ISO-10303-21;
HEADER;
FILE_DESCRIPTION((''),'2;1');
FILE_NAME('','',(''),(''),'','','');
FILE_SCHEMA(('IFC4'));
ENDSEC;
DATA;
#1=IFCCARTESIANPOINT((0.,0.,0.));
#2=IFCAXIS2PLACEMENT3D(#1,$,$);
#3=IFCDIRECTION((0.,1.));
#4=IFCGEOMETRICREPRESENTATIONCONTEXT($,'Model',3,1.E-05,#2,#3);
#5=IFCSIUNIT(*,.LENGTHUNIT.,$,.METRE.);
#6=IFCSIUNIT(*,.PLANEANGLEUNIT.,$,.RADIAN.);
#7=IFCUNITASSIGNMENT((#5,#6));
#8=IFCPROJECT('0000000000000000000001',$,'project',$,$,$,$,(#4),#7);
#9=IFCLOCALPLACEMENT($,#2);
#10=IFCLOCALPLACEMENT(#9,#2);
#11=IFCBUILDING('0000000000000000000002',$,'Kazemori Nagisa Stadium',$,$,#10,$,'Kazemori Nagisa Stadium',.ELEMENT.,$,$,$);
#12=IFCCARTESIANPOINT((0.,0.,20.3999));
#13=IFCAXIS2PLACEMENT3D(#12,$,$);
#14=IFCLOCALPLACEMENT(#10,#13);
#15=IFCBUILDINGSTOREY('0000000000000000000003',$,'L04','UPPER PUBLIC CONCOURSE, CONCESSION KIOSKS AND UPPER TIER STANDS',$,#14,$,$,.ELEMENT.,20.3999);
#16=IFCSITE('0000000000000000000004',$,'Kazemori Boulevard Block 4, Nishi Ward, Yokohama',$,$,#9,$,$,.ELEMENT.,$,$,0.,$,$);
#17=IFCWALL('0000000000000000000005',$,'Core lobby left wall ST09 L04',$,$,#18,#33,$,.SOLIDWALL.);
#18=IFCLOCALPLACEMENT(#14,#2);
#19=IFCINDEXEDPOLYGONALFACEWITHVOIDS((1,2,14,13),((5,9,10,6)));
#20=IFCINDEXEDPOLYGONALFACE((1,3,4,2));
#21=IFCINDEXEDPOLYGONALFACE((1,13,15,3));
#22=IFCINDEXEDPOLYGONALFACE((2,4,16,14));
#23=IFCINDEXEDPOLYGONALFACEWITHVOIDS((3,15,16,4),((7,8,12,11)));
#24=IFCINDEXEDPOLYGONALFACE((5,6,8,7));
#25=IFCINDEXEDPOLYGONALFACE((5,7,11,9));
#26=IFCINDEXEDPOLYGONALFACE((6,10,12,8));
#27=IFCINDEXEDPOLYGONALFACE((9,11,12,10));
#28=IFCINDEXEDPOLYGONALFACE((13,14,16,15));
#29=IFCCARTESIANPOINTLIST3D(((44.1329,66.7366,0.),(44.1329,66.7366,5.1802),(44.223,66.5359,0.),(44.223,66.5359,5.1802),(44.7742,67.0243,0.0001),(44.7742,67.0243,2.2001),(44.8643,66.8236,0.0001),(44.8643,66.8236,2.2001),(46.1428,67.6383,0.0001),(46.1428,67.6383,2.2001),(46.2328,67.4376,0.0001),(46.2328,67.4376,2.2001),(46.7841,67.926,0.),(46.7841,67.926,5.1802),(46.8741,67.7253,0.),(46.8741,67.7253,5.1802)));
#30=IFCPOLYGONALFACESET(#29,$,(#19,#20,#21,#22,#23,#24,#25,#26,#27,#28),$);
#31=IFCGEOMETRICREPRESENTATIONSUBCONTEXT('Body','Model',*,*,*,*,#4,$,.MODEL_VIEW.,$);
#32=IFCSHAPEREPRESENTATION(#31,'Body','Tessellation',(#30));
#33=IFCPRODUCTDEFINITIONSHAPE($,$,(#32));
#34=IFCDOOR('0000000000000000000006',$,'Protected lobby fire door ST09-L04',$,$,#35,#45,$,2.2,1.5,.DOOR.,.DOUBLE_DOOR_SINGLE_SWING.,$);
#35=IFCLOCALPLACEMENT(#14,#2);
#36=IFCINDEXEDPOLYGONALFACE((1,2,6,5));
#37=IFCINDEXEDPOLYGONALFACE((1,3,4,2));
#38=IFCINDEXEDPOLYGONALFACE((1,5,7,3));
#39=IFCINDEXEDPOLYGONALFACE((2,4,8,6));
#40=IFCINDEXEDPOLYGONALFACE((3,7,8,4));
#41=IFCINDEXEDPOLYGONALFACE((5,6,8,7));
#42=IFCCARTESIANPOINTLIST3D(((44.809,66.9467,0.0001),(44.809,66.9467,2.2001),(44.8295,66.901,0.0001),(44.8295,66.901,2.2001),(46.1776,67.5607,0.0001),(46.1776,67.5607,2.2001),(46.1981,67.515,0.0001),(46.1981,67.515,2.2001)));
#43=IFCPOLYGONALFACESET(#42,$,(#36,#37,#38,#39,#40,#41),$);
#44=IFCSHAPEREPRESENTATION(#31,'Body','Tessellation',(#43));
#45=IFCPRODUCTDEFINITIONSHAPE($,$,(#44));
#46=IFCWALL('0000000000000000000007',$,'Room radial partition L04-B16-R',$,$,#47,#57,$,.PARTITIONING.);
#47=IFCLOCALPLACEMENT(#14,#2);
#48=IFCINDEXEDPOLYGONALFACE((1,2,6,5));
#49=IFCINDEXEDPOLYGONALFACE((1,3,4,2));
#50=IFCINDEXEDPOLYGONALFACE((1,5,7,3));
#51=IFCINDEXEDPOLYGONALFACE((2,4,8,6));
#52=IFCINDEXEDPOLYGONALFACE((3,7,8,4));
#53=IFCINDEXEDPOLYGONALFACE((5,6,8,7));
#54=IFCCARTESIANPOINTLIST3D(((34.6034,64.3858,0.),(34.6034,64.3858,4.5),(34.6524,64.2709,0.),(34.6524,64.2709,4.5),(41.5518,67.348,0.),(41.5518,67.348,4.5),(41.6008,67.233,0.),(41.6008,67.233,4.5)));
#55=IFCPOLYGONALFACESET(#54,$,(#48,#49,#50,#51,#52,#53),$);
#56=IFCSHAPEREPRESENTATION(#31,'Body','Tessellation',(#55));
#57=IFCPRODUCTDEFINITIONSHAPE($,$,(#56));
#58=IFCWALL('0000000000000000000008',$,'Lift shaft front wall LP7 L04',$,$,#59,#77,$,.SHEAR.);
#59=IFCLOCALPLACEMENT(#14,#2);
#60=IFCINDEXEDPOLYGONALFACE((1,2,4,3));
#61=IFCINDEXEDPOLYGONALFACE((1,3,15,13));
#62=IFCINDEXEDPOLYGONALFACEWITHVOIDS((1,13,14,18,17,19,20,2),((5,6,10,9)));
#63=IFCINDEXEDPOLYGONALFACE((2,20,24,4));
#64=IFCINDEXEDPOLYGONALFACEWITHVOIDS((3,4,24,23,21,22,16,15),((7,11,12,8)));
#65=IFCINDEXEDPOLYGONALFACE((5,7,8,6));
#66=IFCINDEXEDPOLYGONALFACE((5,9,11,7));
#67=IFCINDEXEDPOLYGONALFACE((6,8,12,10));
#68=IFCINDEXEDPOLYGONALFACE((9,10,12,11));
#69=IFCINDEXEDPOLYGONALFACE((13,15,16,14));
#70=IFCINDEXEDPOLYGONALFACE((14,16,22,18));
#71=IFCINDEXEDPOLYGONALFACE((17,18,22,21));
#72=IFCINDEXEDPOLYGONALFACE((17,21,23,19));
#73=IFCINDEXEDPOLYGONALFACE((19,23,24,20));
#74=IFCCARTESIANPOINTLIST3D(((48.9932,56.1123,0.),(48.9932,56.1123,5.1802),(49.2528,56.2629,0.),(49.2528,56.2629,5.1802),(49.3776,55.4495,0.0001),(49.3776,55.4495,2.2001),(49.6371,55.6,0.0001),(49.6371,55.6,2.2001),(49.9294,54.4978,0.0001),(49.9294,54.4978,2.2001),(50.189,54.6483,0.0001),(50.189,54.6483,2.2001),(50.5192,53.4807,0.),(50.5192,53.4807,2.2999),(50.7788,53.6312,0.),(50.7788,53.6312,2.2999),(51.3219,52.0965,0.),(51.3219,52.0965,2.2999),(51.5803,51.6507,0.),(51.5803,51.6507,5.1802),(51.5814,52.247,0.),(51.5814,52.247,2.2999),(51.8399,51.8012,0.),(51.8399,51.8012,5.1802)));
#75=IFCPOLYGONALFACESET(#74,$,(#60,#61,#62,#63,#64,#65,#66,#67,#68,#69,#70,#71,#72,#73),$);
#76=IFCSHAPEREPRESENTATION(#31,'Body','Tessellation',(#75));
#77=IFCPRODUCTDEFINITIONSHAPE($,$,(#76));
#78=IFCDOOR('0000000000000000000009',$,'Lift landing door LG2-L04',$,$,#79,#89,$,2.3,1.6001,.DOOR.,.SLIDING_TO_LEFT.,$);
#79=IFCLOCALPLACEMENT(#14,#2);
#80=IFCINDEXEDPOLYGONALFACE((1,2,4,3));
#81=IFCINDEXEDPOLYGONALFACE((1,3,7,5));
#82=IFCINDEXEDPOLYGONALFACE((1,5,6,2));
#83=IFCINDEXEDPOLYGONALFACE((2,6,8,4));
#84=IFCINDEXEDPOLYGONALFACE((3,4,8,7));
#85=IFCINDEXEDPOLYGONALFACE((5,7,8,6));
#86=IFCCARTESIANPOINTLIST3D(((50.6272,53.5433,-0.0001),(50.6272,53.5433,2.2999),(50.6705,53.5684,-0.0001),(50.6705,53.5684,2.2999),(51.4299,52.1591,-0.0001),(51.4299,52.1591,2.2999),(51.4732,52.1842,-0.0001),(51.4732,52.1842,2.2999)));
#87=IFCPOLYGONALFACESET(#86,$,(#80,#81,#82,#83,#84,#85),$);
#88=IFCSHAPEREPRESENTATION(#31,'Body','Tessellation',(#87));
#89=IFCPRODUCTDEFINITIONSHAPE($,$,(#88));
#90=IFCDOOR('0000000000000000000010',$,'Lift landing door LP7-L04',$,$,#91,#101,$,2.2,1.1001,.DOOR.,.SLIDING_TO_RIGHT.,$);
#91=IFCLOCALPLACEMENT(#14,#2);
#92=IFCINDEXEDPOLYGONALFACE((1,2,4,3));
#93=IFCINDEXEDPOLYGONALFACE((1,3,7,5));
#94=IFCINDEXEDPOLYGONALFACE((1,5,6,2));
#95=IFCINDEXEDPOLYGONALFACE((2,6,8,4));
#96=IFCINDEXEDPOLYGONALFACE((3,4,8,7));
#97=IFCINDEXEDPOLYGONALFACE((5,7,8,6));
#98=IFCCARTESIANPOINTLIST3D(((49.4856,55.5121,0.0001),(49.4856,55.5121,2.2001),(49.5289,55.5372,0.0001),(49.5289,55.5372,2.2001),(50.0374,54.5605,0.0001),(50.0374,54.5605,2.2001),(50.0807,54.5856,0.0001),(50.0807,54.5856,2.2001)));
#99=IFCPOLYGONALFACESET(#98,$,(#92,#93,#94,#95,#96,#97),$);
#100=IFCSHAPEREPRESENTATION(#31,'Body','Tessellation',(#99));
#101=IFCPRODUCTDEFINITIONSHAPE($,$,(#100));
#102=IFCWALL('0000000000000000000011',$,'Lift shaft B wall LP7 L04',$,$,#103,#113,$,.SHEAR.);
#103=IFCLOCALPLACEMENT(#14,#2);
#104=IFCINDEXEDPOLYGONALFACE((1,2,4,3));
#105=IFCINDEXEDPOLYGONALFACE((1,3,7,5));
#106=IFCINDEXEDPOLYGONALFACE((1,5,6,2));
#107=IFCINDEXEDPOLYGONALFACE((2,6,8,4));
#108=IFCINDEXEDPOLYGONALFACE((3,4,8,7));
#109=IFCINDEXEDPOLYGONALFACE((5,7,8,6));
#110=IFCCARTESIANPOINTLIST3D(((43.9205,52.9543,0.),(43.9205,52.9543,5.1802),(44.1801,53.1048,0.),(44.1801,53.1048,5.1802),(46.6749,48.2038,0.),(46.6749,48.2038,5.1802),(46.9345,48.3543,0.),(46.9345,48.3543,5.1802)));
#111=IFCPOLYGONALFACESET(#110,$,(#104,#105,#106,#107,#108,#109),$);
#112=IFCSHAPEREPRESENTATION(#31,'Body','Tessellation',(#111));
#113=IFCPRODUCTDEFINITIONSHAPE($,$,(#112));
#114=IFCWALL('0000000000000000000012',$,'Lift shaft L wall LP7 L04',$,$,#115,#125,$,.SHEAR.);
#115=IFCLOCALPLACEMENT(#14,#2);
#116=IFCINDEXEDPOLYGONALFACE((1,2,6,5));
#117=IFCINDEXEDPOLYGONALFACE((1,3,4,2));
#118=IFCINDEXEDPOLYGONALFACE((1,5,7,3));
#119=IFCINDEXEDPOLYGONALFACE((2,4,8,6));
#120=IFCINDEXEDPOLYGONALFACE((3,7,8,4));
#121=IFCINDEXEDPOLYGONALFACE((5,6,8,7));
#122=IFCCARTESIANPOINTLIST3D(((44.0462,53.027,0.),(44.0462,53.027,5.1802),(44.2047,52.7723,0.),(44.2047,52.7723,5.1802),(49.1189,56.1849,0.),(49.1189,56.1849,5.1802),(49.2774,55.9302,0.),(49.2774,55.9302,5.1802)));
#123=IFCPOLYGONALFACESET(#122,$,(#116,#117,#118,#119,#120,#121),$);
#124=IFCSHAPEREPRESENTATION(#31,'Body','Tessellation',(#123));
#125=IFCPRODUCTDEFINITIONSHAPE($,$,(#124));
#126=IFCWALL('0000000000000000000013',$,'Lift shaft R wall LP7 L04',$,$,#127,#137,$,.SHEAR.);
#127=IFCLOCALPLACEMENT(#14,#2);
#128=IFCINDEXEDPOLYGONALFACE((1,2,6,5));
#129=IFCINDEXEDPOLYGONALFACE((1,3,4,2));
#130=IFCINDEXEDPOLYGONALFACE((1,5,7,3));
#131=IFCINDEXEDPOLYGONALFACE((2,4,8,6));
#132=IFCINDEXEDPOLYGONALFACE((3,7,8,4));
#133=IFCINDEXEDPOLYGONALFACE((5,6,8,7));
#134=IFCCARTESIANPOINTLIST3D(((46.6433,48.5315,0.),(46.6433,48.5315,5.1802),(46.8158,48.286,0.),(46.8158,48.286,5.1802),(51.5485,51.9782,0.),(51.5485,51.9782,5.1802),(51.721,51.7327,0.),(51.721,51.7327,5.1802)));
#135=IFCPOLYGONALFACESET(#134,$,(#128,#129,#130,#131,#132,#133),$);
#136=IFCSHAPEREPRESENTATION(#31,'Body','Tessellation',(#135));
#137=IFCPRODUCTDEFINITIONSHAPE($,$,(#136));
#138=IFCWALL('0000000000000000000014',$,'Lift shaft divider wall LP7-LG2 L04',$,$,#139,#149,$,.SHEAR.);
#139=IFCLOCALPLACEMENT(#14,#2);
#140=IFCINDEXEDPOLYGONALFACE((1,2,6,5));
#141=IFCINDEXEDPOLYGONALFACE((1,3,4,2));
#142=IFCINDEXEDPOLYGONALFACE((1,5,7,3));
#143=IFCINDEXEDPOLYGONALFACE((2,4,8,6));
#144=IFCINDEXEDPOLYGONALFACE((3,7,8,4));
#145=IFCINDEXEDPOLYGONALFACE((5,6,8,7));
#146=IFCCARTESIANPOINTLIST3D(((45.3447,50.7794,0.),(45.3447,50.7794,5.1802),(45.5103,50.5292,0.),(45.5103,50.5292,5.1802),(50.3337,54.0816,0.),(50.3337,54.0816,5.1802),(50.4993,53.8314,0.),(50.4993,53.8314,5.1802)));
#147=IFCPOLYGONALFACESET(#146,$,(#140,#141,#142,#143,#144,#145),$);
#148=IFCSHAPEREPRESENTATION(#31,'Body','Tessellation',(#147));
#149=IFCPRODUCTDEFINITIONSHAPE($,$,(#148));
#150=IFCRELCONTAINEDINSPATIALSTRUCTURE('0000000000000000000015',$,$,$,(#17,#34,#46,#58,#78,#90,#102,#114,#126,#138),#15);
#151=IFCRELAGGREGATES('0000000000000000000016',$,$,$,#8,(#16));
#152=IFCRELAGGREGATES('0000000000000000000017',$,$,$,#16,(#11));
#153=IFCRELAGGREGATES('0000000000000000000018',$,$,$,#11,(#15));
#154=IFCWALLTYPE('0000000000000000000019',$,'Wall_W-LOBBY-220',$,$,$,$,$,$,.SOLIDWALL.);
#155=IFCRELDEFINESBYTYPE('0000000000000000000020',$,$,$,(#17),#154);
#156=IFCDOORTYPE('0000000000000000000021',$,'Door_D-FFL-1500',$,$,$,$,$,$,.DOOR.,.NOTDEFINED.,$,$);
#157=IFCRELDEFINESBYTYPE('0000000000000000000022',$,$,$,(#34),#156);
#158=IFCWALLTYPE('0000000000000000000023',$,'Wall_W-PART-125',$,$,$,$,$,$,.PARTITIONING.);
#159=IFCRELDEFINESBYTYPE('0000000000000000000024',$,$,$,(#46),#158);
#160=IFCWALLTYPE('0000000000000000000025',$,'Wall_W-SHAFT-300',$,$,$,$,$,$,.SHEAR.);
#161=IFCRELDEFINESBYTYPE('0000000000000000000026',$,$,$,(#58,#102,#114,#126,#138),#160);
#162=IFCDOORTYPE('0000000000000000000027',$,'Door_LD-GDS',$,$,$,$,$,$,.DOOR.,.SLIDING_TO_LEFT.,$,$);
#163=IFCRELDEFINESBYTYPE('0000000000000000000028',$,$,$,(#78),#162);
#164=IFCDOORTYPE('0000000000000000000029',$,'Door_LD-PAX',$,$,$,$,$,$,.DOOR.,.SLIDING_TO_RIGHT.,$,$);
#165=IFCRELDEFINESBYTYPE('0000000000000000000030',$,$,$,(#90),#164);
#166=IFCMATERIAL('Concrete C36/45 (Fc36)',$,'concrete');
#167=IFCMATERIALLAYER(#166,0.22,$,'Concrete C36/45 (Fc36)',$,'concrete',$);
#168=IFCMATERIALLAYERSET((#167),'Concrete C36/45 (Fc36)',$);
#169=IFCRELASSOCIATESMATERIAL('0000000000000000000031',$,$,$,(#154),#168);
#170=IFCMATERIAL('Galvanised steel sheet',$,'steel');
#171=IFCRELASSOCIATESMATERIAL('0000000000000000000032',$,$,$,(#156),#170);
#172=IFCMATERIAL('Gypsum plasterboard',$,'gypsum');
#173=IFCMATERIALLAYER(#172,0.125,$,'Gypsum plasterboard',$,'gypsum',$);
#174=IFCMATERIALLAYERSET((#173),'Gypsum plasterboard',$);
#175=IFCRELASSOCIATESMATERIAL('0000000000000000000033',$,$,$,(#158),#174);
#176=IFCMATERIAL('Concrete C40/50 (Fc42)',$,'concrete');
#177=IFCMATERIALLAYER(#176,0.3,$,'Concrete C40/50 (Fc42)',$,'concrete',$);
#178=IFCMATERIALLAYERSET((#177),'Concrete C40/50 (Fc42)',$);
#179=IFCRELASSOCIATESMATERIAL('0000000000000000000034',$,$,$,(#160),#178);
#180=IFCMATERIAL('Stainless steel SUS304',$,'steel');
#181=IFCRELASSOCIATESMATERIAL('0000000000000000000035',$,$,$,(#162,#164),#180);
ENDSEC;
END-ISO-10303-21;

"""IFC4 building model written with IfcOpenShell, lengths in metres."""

from ifc_helpers import new_model, si_unit, direction, frame, frame_2d, origin, place, context, subcontext, project, spatial, rectangle, extrude, material, layer, layer_set, type_object, element, fill, save


model = new_model("IFC4")

# Units and contexts
model_context = context("Model", 3, precision=1e-05, world=origin(), true_north=direction((0.0, 1.0)))
body_context = subcontext(model_context, "Body", "Model", "MODEL_VIEW")
ifc_project = project(units=[si_unit("LENGTHUNIT", "METRE"), si_unit("PLANEANGLEUNIT", "RADIAN")], contexts=[model_context])

# Site, building, storey
site_placement = place(None, origin())
site = spatial("IfcSite", under=ifc_project, at=site_placement, Name="Kazemori Boulevard Block 4, Nishi Ward, Yokohama", CompositionType="ELEMENT", RefElevation=0.0)
building_placement = place(site_placement, origin())
building = spatial("IfcBuilding", under=site, at=building_placement, Name="Kazemori Nagisa Stadium", LongName="Kazemori Nagisa Stadium", CompositionType="ELEMENT")
storey_placement = place(building_placement, frame((0.0, 0.0, 20.3999)))
storey = spatial("IfcBuildingStorey", under=building, at=storey_placement, Name="L04", Description="UPPER PUBLIC CONCOURSE, CONCESSION KIOSKS AND UPPER TIER STANDS", CompositionType="ELEMENT", Elevation=20.3999)

# Shared definitions
ifc_material_1 = material(Name="Concrete C40/50 (Fc42)", Category="concrete")

# Shared definitions
ifc_material_2 = material(Name="Galvanised steel sheet", Category="steel")

# Wall, opening, door
ifc_material_3 = material(Name="Concrete C36/45 (Fc36)", Category="concrete")
ifc_layer_1 = layer(ifc_material_3, 0.22, Name="Concrete C36/45 (Fc36)", Category="concrete")
ifc_layer_set_1 = layer_set([ifc_layer_1], Name="Concrete C36/45 (Fc36)")
wall_type_1 = type_object("IfcWallType", Name="Wall_W-LOBBY-220", PredefinedType="SOLIDWALL", material=ifc_layer_set_1)
wall_1_placement = place(storey_placement, frame((46.8291, 67.8257, 0.0), z_axis=(0.0, 0.0, 1.0), x_axis=(-0.912378, -0.409348, 0.0)))
wall_1 = element("IfcWall", 1, at=wall_1_placement, inside=storey, type_object=wall_type_1, Name="Core lobby left wall ST09 L04", PredefinedType="SOLIDWALL", context=body_context, shape_type="SweptSolid", body=[
    extrude(rectangle(XDim=2.9058, YDim=0.22, at=frame_2d((1.4529, 0.0))), origin(), (0.0, 0.0, 1.0), 5.1802),
])
opening_1_placement = place(wall_1_placement, frame((0.7029, 0.0, 0.0)))
opening_1 = element("IfcOpeningElement", 2, at=opening_1_placement, cuts=wall_1, PredefinedType="OPENING", context=body_context, shape_type="SweptSolid", body=[
    extrude(rectangle(XDim=1.5, YDim=2.2, at=frame_2d((0.75, 1.1001))), frame((0.0, 0.1199, 0.0), z_axis=(0.0, -1.0, 0.0), x_axis=(1.0, 0.0, 0.0)), (0.0, 0.0, 1.0), 0.24),
])
door_type_1 = type_object("IfcDoorType", Name="Door_D-FFL-1500", OperationType="NOTDEFINED", PredefinedType="DOOR", material=ifc_material_2)
door_1_placement = place(opening_1_placement, frame((1.5, 0.0, 0.0), z_axis=(0.0, 0.0, 1.0), x_axis=(-1.0, 0.0, 0.0)))
door_1 = element("IfcDoor", 3, at=door_1_placement, inside=storey, type_object=door_type_1, Name="Protected lobby fire door ST09-L04", OperationType="DOUBLE_DOOR_SINGLE_SWING", OverallHeight=2.2, OverallWidth=1.5, PredefinedType="DOOR", context=body_context, shape_type="SweptSolid", body=[
    extrude(rectangle(XDim=1.5, YDim=2.2, at=frame_2d((0.75, 1.1001))), frame((0.0, 0.0249, 0.0), z_axis=(0.0, -1.0, 0.0), x_axis=(1.0, 0.0, 0.0)), (0.0, 0.0, 1.0), 0.05),
])
fill(opening_1, door_1)

# Wall
ifc_material_4 = material(Name="Gypsum plasterboard", Category="gypsum")
ifc_layer_2 = layer(ifc_material_4, 0.125, Name="Gypsum plasterboard", Category="gypsum")
ifc_layer_set_2 = layer_set([ifc_layer_2], Name="Gypsum plasterboard")
wall_type_2 = type_object("IfcWallType", Name="Wall_W-PART-125", PredefinedType="PARTITIONING", material=ifc_layer_set_2)
wall_2_placement = place(storey_placement, frame((41.5764, 67.2905, 0.0), z_axis=(0.0, 0.0, 1.0), x_axis=(-0.919899, -0.392155, 0.0)))
element("IfcWall", 4, at=wall_2_placement, inside=storey, type_object=wall_type_2, Name="Room radial partition L04-B16-R", PredefinedType="PARTITIONING", context=body_context, shape_type="SweptSolid", body=[
    extrude(rectangle(XDim=7.5535, YDim=0.125, at=frame_2d((3.7769, 0.0))), origin(), (0.0, 0.0, 1.0), 4.5),
])

# Wall, openings, doors
ifc_layer_3 = layer(ifc_material_1, 0.3, Name="Concrete C40/50 (Fc42)", Category="concrete")
ifc_layer_set_3 = layer_set([ifc_layer_3], Name="Concrete C40/50 (Fc42)")
wall_type_3 = type_object("IfcWallType", Name="Wall_W-SHAFT-300", PredefinedType="SHEAR", material=ifc_layer_set_3)
wall_3_placement = place(storey_placement, frame((49.123, 56.1875, 0.0), z_axis=(0.0, 0.0, 1.0), x_axis=(0.50163, -0.865083, 0.0)))
wall_3 = element("IfcWall", 5, at=wall_3_placement, inside=storey, type_object=wall_type_3, Name="Lift shaft front wall LP7 L04", PredefinedType="SHEAR", context=body_context, shape_type="SweptSolid", body=[
    extrude(rectangle(XDim=5.1575, YDim=0.3, at=frame_2d((2.5786, 0.0))), origin(), (0.0, 0.0, 1.0), 5.1802),
])
opening_2_placement = place(wall_3_placement, frame((0.7661, 0.0, 0.0)))
opening_2 = element("IfcOpeningElement", 6, at=opening_2_placement, cuts=wall_3, PredefinedType="OPENING", context=body_context, shape_type="SweptSolid", body=[
    extrude(rectangle(XDim=1.1001, YDim=2.2, at=frame_2d((0.55, 1.1001))), frame((0.0, 0.1599, 0.0), z_axis=(0.0, -1.0, 0.0), x_axis=(1.0, 0.0, 0.0)), (0.0, 0.0, 1.0), 0.3201),
])
opening_3_placement = place(wall_3_placement, frame((3.042, 0.0, 0.0)))
opening_3 = element("IfcOpeningElement", 7, at=opening_3_placement, cuts=wall_3, PredefinedType="OPENING", context=body_context, shape_type="SweptSolid", body=[
    extrude(rectangle(XDim=1.6001, YDim=2.3, at=frame_2d((0.8, 1.1499))), frame((0.0, 0.1599, 0.0), z_axis=(0.0, -1.0, 0.0), x_axis=(1.0, 0.0, 0.0)), (0.0, 0.0, 1.0), 0.3201),
])
ifc_material_5 = material(Name="Stainless steel SUS304", Category="steel")
door_type_2 = type_object("IfcDoorType", Name="Door_LD-GDS", OperationType="SLIDING_TO_LEFT", PredefinedType="DOOR", material=ifc_material_5)
door_2_placement = place(opening_3_placement, origin())
door_2 = element("IfcDoor", 8, at=door_2_placement, inside=storey, type_object=door_type_2, Name="Lift landing door LG2-L04", OperationType="SLIDING_TO_LEFT", OverallHeight=2.3, OverallWidth=1.6001, PredefinedType="DOOR", context=body_context, shape_type="SweptSolid", body=[
    extrude(rectangle(XDim=1.6001, YDim=2.3, at=frame_2d((0.8, 1.1499))), frame((0.0, 0.0249, 0.0), z_axis=(0.0, -1.0, 0.0), x_axis=(1.0, 0.0, 0.0)), (0.0, 0.0, 1.0), 0.05),
])
fill(opening_3, door_2)
door_type_3 = type_object("IfcDoorType", Name="Door_LD-PAX", OperationType="SLIDING_TO_RIGHT", PredefinedType="DOOR", material=ifc_material_5)
door_3_placement = place(opening_2_placement, origin())
door_3 = element("IfcDoor", 9, at=door_3_placement, inside=storey, type_object=door_type_3, Name="Lift landing door LP7-L04", OperationType="SLIDING_TO_RIGHT", OverallHeight=2.2, OverallWidth=1.1001, PredefinedType="DOOR", context=body_context, shape_type="SweptSolid", body=[
    extrude(rectangle(XDim=1.1001, YDim=2.2, at=frame_2d((0.55, 1.1001))), frame((0.0, 0.0249, 0.0), z_axis=(0.0, -1.0, 0.0), x_axis=(1.0, 0.0, 0.0)), (0.0, 0.0, 1.0), 0.05),
])
fill(opening_2, door_3)

# Walls
wall_4_placement = place(storey_placement, frame((44.0503, 53.0295, 0.0), z_axis=(0.0, 0.0, 1.0), x_axis=(0.501597, -0.865101, 0.0)))
element("IfcWall", 10, at=wall_4_placement, inside=storey, type_object=wall_type_3, Name="Lift shaft B wall LP7 L04", PredefinedType="SHEAR", context=body_context, shape_type="SweptSolid", body=[
    extrude(rectangle(XDim=5.4912, YDim=0.3, at=frame_2d((2.7456, 0.0))), origin(), (0.0, 0.0, 1.0), 5.1802),
])
wall_5_placement = place(storey_placement, frame((49.1982, 56.0576, 0.0), z_axis=(0.0, 0.0, 1.0), x_axis=(-0.848938, -0.528492, 0.0)))
element("IfcWall", 11, at=wall_5_placement, inside=storey, type_object=wall_type_3, Name="Lift shaft L wall LP7 L04", PredefinedType="SHEAR", context=body_context, shape_type="SweptSolid", body=[
    extrude(rectangle(XDim=5.9753, YDim=0.3, at=frame_2d((2.9878, 0.0))), origin(), (0.0, 0.0, 1.0), 5.1802),
])
wall_6_placement = place(storey_placement, frame((51.6348, 51.8555, 0.0), z_axis=(0.0, 0.0, 1.0), x_axis=(-0.818205, -0.574926, 0.0)))
element("IfcWall", 12, at=wall_6_placement, inside=storey, type_object=wall_type_3, Name="Lift shaft R wall LP7 L04", PredefinedType="SHEAR", context=body_context, shape_type="SweptSolid", body=[
    extrude(rectangle(XDim=5.9951, YDim=0.3, at=frame_2d((2.9976, 0.0))), origin(), (0.0, 0.0, 1.0), 5.1802),
])
wall_7_placement = place(storey_placement, frame((50.4165, 53.9565, 0.0), z_axis=(0.0, 0.0, 1.0), x_axis=(-0.833879, -0.551947, 0.0)))
element("IfcWall", 13, at=wall_7_placement, inside=storey, type_object=wall_type_3, Name="Lift shaft divider wall LP7-LG2 L04", PredefinedType="SHEAR", context=body_context, shape_type="SweptSolid", body=[
    extrude(rectangle(XDim=5.9829, YDim=0.3, at=frame_2d((2.9915, 0.0))), origin(), (0.0, 0.0, 1.0), 5.1802),
])

save(model, "model.ifc")
